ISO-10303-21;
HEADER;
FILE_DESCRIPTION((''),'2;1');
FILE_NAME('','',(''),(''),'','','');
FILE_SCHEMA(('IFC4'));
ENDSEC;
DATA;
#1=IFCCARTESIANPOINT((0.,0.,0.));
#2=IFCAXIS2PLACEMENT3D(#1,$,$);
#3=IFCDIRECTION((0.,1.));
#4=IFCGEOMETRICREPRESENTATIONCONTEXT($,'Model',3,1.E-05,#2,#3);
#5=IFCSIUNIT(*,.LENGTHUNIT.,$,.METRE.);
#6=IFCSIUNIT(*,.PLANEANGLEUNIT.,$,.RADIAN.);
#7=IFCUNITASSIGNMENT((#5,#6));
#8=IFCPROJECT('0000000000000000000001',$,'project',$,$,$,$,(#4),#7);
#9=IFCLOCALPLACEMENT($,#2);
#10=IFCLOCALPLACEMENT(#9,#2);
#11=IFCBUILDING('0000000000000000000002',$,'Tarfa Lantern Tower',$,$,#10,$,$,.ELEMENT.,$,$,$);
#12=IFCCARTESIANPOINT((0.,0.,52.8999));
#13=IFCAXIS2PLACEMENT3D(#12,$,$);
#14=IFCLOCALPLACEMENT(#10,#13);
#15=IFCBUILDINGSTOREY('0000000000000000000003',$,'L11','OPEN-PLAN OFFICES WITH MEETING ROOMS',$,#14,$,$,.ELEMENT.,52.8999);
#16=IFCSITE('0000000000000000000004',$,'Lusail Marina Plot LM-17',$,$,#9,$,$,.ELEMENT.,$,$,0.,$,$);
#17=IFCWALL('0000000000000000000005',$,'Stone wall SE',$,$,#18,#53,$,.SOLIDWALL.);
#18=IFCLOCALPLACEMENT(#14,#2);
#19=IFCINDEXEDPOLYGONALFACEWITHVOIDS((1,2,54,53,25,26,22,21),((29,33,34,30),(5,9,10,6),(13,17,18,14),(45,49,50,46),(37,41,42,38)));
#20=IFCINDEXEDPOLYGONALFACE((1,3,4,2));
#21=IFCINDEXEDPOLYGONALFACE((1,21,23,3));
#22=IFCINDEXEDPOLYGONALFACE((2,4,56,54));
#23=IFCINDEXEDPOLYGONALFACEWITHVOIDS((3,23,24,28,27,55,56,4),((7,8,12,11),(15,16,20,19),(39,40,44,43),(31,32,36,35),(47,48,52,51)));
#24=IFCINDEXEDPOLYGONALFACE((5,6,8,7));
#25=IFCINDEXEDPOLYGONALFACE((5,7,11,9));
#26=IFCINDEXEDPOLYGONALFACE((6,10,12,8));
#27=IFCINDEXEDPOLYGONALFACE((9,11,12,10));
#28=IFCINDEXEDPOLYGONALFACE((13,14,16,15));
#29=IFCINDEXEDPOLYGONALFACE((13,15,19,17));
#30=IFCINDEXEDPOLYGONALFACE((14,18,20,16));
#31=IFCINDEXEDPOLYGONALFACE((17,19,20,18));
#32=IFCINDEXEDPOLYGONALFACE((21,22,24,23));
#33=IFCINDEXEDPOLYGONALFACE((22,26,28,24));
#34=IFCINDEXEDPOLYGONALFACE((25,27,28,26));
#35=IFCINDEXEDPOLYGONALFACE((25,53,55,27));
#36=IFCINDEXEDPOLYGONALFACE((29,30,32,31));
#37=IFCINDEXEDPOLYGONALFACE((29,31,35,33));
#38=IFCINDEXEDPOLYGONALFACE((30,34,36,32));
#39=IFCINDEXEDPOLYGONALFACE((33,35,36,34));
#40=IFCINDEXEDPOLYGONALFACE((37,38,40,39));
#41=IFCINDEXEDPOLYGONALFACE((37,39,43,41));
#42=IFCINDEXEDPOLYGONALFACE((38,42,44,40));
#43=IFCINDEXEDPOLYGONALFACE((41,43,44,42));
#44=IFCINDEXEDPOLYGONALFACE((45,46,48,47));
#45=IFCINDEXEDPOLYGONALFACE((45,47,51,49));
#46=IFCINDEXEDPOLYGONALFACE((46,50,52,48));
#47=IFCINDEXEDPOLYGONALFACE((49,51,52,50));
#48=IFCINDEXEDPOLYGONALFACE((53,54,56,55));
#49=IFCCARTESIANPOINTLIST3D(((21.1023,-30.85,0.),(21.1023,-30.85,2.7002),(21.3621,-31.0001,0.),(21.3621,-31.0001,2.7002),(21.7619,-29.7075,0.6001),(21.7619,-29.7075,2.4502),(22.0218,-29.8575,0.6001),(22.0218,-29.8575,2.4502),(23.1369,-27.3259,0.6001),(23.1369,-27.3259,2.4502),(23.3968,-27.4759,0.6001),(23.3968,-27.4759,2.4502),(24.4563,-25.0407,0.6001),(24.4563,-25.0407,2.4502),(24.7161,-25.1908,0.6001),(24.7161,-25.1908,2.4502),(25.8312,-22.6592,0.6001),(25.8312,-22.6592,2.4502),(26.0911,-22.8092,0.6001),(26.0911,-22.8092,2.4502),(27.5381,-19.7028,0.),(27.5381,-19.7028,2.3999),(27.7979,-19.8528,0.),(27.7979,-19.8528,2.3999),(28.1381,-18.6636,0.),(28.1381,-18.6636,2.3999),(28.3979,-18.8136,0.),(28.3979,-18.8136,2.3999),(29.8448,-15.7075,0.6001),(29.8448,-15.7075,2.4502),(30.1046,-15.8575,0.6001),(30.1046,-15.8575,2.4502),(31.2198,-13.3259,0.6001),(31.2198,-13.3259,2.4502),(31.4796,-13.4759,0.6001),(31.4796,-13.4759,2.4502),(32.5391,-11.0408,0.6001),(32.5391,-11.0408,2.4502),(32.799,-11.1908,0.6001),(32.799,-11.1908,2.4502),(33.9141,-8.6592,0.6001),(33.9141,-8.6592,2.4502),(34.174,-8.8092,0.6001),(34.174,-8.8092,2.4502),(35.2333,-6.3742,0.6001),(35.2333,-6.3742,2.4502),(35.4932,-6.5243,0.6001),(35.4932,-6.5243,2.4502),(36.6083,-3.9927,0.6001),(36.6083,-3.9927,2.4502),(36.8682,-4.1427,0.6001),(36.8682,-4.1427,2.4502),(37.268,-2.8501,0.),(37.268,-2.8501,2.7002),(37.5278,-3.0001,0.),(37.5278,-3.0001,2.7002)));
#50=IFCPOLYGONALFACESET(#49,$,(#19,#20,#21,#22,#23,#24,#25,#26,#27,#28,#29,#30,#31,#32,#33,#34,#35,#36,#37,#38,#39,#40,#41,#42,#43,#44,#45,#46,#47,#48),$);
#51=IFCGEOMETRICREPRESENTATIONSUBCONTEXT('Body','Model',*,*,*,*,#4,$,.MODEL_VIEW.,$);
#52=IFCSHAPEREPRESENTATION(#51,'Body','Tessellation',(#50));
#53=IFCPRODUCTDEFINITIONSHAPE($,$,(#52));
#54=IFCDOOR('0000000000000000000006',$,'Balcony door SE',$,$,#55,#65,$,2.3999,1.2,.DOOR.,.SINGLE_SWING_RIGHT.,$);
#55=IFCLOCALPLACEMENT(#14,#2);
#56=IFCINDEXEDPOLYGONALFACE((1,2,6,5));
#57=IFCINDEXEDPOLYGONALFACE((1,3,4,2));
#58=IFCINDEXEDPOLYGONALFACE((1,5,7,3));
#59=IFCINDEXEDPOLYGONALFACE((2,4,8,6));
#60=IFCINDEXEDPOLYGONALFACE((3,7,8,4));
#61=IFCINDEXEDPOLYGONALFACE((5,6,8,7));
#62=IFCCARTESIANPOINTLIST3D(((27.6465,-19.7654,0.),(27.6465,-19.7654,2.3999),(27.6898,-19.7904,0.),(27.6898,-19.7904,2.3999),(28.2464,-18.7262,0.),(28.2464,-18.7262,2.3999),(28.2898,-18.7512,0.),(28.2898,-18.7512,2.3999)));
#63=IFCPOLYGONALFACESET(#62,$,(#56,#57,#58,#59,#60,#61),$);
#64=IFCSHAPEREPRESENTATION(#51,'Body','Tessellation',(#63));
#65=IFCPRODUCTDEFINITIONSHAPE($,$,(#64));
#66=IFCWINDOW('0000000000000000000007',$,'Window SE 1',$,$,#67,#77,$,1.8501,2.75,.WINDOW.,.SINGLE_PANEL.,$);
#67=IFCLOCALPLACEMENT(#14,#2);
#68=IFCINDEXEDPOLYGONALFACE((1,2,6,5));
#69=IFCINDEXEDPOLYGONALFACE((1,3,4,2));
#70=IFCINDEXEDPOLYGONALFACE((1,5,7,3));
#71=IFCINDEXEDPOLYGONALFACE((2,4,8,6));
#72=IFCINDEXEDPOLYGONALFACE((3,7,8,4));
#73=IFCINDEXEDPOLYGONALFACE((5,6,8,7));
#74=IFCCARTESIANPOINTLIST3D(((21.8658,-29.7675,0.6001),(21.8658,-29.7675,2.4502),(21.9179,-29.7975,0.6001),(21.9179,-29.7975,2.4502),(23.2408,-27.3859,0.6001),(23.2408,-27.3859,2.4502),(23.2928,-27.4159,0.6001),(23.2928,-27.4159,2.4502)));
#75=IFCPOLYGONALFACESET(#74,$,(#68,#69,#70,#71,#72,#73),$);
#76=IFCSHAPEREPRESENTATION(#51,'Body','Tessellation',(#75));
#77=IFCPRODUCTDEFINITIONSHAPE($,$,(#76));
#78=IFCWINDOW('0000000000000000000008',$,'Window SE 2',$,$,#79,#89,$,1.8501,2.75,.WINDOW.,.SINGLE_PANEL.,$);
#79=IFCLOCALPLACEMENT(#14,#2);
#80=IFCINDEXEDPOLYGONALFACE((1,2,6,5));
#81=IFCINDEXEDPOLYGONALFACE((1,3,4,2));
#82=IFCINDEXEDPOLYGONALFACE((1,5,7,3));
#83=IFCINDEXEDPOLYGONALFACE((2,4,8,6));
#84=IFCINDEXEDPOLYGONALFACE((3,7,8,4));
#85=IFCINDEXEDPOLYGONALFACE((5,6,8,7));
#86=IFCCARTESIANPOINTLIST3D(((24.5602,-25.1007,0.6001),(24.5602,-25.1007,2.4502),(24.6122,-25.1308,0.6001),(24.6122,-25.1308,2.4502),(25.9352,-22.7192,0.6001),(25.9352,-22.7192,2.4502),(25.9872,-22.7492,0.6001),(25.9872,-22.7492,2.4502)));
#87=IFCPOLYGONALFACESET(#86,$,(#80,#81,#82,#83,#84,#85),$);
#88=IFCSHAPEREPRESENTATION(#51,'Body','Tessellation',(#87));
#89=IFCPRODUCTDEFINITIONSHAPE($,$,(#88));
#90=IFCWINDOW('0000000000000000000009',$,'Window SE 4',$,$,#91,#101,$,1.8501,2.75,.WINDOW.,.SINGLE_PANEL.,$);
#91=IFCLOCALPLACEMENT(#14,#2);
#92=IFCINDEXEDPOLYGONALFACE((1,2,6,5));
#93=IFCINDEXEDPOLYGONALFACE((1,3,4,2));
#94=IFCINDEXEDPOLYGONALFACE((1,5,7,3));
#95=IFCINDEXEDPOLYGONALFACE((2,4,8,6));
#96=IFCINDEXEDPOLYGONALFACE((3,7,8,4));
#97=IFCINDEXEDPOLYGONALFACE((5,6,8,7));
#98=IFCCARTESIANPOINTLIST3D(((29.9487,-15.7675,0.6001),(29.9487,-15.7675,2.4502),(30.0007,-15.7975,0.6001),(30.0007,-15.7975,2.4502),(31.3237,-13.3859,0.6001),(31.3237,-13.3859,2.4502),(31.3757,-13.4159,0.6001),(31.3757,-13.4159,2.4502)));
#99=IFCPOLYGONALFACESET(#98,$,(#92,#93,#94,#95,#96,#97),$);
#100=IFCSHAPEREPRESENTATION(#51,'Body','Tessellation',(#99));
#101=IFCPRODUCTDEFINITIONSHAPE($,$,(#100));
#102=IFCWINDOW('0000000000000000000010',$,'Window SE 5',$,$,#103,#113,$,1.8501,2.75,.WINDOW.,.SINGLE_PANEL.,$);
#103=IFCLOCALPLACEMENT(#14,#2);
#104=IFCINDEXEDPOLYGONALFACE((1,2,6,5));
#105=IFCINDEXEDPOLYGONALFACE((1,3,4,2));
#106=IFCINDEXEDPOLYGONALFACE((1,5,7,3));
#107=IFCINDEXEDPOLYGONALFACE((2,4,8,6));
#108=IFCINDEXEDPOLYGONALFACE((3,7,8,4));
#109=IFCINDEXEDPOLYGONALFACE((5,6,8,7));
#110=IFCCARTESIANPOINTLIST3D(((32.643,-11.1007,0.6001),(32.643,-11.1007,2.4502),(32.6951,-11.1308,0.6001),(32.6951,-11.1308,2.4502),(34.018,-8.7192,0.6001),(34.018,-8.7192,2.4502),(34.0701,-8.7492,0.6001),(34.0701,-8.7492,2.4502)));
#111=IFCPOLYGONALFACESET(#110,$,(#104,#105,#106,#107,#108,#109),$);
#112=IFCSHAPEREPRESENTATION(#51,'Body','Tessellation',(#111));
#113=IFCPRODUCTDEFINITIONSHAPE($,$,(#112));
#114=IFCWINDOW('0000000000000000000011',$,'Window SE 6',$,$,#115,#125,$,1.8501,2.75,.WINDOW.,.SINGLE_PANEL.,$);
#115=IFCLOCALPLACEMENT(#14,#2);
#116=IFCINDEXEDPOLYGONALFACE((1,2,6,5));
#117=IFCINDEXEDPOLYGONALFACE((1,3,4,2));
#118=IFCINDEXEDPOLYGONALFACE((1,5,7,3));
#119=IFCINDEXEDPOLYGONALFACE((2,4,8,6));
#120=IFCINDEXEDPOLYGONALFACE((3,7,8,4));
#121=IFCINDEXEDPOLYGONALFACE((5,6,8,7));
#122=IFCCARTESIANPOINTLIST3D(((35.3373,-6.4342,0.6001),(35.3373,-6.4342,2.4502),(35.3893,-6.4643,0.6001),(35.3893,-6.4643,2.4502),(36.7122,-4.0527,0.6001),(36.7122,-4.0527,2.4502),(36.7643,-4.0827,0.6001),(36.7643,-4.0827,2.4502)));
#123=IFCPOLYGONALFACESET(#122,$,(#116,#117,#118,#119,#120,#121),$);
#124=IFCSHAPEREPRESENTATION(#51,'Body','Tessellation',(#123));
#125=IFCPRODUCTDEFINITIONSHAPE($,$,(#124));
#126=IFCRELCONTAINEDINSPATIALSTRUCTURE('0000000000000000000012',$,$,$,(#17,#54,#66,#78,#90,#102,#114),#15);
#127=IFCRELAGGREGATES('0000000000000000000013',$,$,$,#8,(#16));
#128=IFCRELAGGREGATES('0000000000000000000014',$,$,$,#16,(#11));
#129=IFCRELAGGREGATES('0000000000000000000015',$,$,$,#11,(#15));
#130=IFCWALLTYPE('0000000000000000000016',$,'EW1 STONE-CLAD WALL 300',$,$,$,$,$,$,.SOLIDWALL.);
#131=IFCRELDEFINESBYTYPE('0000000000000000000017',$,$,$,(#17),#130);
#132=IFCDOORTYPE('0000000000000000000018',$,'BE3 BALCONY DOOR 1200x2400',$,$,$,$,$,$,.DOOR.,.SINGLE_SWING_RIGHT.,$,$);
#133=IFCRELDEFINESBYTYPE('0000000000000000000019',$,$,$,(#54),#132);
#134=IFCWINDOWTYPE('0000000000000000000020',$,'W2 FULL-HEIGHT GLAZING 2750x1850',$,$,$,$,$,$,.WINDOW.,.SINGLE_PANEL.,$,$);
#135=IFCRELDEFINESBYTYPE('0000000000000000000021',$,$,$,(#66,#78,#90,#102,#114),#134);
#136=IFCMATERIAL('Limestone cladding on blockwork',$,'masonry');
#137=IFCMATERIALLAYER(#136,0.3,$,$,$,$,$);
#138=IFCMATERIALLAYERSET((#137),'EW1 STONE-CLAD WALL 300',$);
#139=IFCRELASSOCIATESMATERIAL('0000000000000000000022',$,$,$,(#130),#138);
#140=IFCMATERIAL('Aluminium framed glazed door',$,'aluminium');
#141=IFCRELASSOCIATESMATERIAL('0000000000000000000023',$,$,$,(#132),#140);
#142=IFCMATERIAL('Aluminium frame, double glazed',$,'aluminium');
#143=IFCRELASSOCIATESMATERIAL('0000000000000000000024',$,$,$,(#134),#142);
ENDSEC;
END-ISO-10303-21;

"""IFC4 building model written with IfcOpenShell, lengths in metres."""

from ifc_helpers import new_model, si_unit, direction, frame, frame_2d, origin, place, context, subcontext, project, spatial, rectangle, extrude, material, layer, layer_set, type_object, element, fill, save


model = new_model("IFC4")

# Units and contexts
model_context = context("Model", 3, precision=1e-05, world=origin(), true_north=direction((0.0, 1.0)))
body_context = subcontext(model_context, "Body", "Model", "MODEL_VIEW")
ifc_project = project(units=[si_unit("LENGTHUNIT", "METRE"), si_unit("PLANEANGLEUNIT", "RADIAN")], contexts=[model_context])

# Site, building, storey
site_placement = place(None, origin())
site = spatial("IfcSite", under=ifc_project, at=site_placement, Name="Lusail Marina Plot LM-17", CompositionType="ELEMENT", RefElevation=0.0)
building_placement = place(site_placement, origin())
building = spatial("IfcBuilding", under=site, at=building_placement, Name="Tarfa Lantern Tower", CompositionType="ELEMENT")
storey_placement = place(building_placement, frame((0.0, 0.0, 52.8999)))
storey = spatial("IfcBuildingStorey", under=building, at=storey_placement, Name="L11", Description="OPEN-PLAN OFFICES WITH MEETING ROOMS", CompositionType="ELEMENT", Elevation=52.8999)

# Wall, openings, door, windows
ifc_material_1 = material(Name="Limestone cladding on blockwork", Category="masonry")
ifc_layer = layer(ifc_material_1, 0.3)
ifc_layer_set = layer_set([ifc_layer], Name="EW1 STONE-CLAD WALL 300")
wall_type = type_object("IfcWallType", Name="EW1 STONE-CLAD WALL 300", PredefinedType="SOLIDWALL", material=ifc_layer_set)
wall_placement = place(storey_placement, frame((21.2322, -30.925, 0.0), z_axis=(0.0, 0.0, 1.0), x_axis=(0.499999, 0.866026, 0.0)))
wall = element("IfcWall", 1, at=wall_placement, inside=storey, type_object=wall_type, Name="Stone wall SE", PredefinedType="SOLIDWALL", context=body_context, shape_type="SweptSolid", body=[
    extrude(rectangle(XDim=32.3315, YDim=0.3, at=frame_2d((16.1658, 0.0))), origin(), (0.0, 0.0, 1.0), 2.7002),
])
opening_1_placement = place(wall_placement, frame((1.3193, 0.0, 0.6001)))
opening_1 = element("IfcOpeningElement", 2, at=opening_1_placement, cuts=wall, PredefinedType="OPENING", context=body_context, shape_type="SweptSolid", body=[
    extrude(rectangle(XDim=2.75, YDim=1.8501, at=frame_2d((1.375, 0.925))), frame((0.0, 0.1599, 0.0), z_axis=(0.0, -1.0, 0.0), x_axis=(1.0, 0.0, 0.0)), (0.0, 0.0, 1.0), 0.3201),
])
opening_2_placement = place(wall_placement, frame((6.708, 0.0, 0.6001)))
opening_2 = element("IfcOpeningElement", 3, at=opening_2_placement, cuts=wall, PredefinedType="OPENING", context=body_context, shape_type="SweptSolid", body=[
    extrude(rectangle(XDim=2.75, YDim=1.8501, at=frame_2d((1.375, 0.925))), frame((0.0, 0.1599, 0.0), z_axis=(0.0, -1.0, 0.0), x_axis=(1.0, 0.0, 0.0)), (0.0, 0.0, 1.0), 0.3201),
])
opening_3_placement = place(wall_placement, frame((12.8716, 0.0, 0.0)))
opening_3 = element("IfcOpeningElement", 4, at=opening_3_placement, cuts=wall, PredefinedType="OPENING", context=body_context, shape_type="SweptSolid", body=[
    extrude(rectangle(XDim=1.2, YDim=2.3999, at=frame_2d((0.6001, 1.2))), frame((0.0, 0.1599, 0.0), z_axis=(0.0, -1.0, 0.0), x_axis=(1.0, 0.0, 0.0)), (0.0, 0.0, 1.0), 0.3201),
])
opening_4_placement = place(wall_placement, frame((17.4851, 0.0, 0.6001)))
opening_4 = element("IfcOpeningElement", 5, at=opening_4_placement, cuts=wall, PredefinedType="OPENING", context=body_context, shape_type="SweptSolid", body=[
    extrude(rectangle(XDim=2.75, YDim=1.8501, at=frame_2d((1.375, 0.925))), frame((0.0, 0.1599, 0.0), z_axis=(0.0, -1.0, 0.0), x_axis=(1.0, 0.0, 0.0)), (0.0, 0.0, 1.0), 0.3201),
])
opening_5_placement = place(wall_placement, frame((22.8738, 0.0, 0.6001)))
opening_5 = element("IfcOpeningElement", 6, at=opening_5_placement, cuts=wall, PredefinedType="OPENING", context=body_context, shape_type="SweptSolid", body=[
    extrude(rectangle(XDim=2.75, YDim=1.8501, at=frame_2d((1.375, 0.925))), frame((0.0, 0.1599, 0.0), z_axis=(0.0, -1.0, 0.0), x_axis=(1.0, 0.0, 0.0)), (0.0, 0.0, 1.0), 0.3201),
])
opening_6_placement = place(wall_placement, frame((28.2622, 0.0, 0.6001)))
opening_6 = element("IfcOpeningElement", 7, at=opening_6_placement, cuts=wall, PredefinedType="OPENING", context=body_context, shape_type="SweptSolid", body=[
    extrude(rectangle(XDim=2.75, YDim=1.8501, at=frame_2d((1.375, 0.925))), frame((0.0, 0.1599, 0.0), z_axis=(0.0, -1.0, 0.0), x_axis=(1.0, 0.0, 0.0)), (0.0, 0.0, 1.0), 0.3201),
])
ifc_material_2 = material(Name="Aluminium framed glazed door", Category="aluminium")
door_type = type_object("IfcDoorType", Name="BE3 BALCONY DOOR 1200x2400", OperationType="SINGLE_SWING_RIGHT", PredefinedType="DOOR", material=ifc_material_2)
door_placement = place(opening_3_placement, origin())
door = element("IfcDoor", 8, at=door_placement, inside=storey, type_object=door_type, Name="Balcony door SE", OperationType="SINGLE_SWING_RIGHT", OverallHeight=2.3999, OverallWidth=1.2, PredefinedType="DOOR", context=body_context, shape_type="SweptSolid", body=[
    extrude(rectangle(XDim=1.2, YDim=2.3999, at=frame_2d((0.6001, 1.2))), frame((0.0, 0.0249, 0.0), z_axis=(0.0, -1.0, 0.0), x_axis=(1.0, 0.0, 0.0)), (0.0, 0.0, 1.0), 0.05),
])
fill(opening_3, door)
ifc_material_3 = material(Name="Aluminium frame, double glazed", Category="aluminium")
window_type = type_object("IfcWindowType", Name="W2 FULL-HEIGHT GLAZING 2750x1850", PartitioningType="SINGLE_PANEL", PredefinedType="WINDOW", material=ifc_material_3)
window_1_placement = place(opening_1_placement, origin())
window_1 = element("IfcWindow", 9, at=window_1_placement, inside=storey, type_object=window_type, Name="Window SE 1", OverallHeight=1.8501, OverallWidth=2.75, PartitioningType="SINGLE_PANEL", PredefinedType="WINDOW", context=body_context, shape_type="SweptSolid", body=[
    extrude(rectangle(XDim=2.75, YDim=1.8501, at=frame_2d((1.375, 0.925))), frame((0.0, 0.03, 0.0), z_axis=(0.0, -1.0, 0.0), x_axis=(1.0, 0.0, 0.0)), (0.0, 0.0, 1.0), 0.0601),
])
fill(opening_1, window_1)
window_2_placement = place(opening_2_placement, origin())
window_2 = element("IfcWindow", 10, at=window_2_placement, inside=storey, type_object=window_type, Name="Window SE 2", OverallHeight=1.8501, OverallWidth=2.75, PartitioningType="SINGLE_PANEL", PredefinedType="WINDOW", context=body_context, shape_type="SweptSolid", body=[
    extrude(rectangle(XDim=2.75, YDim=1.8501, at=frame_2d((1.375, 0.925))), frame((0.0, 0.03, 0.0), z_axis=(0.0, -1.0, 0.0), x_axis=(1.0, 0.0, 0.0)), (0.0, 0.0, 1.0), 0.0601),
])
fill(opening_2, window_2)
window_3_placement = place(opening_4_placement, origin())
window_3 = element("IfcWindow", 11, at=window_3_placement, inside=storey, type_object=window_type, Name="Window SE 4", OverallHeight=1.8501, OverallWidth=2.75, PartitioningType="SINGLE_PANEL", PredefinedType="WINDOW", context=body_context, shape_type="SweptSolid", body=[
    extrude(rectangle(XDim=2.75, YDim=1.8501, at=frame_2d((1.375, 0.925))), frame((0.0, 0.03, 0.0), z_axis=(0.0, -1.0, 0.0), x_axis=(1.0, 0.0, 0.0)), (0.0, 0.0, 1.0), 0.0601),
])
fill(opening_4, window_3)
window_4_placement = place(opening_5_placement, origin())
window_4 = element("IfcWindow", 12, at=window_4_placement, inside=storey, type_object=window_type, Name="Window SE 5", OverallHeight=1.8501, OverallWidth=2.75, PartitioningType="SINGLE_PANEL", PredefinedType="WINDOW", context=body_context, shape_type="SweptSolid", body=[
    extrude(rectangle(XDim=2.75, YDim=1.8501, at=frame_2d((1.375, 0.925))), frame((0.0, 0.03, 0.0), z_axis=(0.0, -1.0, 0.0), x_axis=(1.0, 0.0, 0.0)), (0.0, 0.0, 1.0), 0.0601),
])
fill(opening_5, window_4)
window_5_placement = place(opening_6_placement, origin())
window_5 = element("IfcWindow", 13, at=window_5_placement, inside=storey, type_object=window_type, Name="Window SE 6", OverallHeight=1.8501, OverallWidth=2.75, PartitioningType="SINGLE_PANEL", PredefinedType="WINDOW", context=body_context, shape_type="SweptSolid", body=[
    extrude(rectangle(XDim=2.75, YDim=1.8501, at=frame_2d((1.375, 0.925))), frame((0.0, 0.03, 0.0), z_axis=(0.0, -1.0, 0.0), x_axis=(1.0, 0.0, 0.0)), (0.0, 0.0, 1.0), 0.0601),
])
fill(opening_6, window_5)

save(model, "model.ifc")
